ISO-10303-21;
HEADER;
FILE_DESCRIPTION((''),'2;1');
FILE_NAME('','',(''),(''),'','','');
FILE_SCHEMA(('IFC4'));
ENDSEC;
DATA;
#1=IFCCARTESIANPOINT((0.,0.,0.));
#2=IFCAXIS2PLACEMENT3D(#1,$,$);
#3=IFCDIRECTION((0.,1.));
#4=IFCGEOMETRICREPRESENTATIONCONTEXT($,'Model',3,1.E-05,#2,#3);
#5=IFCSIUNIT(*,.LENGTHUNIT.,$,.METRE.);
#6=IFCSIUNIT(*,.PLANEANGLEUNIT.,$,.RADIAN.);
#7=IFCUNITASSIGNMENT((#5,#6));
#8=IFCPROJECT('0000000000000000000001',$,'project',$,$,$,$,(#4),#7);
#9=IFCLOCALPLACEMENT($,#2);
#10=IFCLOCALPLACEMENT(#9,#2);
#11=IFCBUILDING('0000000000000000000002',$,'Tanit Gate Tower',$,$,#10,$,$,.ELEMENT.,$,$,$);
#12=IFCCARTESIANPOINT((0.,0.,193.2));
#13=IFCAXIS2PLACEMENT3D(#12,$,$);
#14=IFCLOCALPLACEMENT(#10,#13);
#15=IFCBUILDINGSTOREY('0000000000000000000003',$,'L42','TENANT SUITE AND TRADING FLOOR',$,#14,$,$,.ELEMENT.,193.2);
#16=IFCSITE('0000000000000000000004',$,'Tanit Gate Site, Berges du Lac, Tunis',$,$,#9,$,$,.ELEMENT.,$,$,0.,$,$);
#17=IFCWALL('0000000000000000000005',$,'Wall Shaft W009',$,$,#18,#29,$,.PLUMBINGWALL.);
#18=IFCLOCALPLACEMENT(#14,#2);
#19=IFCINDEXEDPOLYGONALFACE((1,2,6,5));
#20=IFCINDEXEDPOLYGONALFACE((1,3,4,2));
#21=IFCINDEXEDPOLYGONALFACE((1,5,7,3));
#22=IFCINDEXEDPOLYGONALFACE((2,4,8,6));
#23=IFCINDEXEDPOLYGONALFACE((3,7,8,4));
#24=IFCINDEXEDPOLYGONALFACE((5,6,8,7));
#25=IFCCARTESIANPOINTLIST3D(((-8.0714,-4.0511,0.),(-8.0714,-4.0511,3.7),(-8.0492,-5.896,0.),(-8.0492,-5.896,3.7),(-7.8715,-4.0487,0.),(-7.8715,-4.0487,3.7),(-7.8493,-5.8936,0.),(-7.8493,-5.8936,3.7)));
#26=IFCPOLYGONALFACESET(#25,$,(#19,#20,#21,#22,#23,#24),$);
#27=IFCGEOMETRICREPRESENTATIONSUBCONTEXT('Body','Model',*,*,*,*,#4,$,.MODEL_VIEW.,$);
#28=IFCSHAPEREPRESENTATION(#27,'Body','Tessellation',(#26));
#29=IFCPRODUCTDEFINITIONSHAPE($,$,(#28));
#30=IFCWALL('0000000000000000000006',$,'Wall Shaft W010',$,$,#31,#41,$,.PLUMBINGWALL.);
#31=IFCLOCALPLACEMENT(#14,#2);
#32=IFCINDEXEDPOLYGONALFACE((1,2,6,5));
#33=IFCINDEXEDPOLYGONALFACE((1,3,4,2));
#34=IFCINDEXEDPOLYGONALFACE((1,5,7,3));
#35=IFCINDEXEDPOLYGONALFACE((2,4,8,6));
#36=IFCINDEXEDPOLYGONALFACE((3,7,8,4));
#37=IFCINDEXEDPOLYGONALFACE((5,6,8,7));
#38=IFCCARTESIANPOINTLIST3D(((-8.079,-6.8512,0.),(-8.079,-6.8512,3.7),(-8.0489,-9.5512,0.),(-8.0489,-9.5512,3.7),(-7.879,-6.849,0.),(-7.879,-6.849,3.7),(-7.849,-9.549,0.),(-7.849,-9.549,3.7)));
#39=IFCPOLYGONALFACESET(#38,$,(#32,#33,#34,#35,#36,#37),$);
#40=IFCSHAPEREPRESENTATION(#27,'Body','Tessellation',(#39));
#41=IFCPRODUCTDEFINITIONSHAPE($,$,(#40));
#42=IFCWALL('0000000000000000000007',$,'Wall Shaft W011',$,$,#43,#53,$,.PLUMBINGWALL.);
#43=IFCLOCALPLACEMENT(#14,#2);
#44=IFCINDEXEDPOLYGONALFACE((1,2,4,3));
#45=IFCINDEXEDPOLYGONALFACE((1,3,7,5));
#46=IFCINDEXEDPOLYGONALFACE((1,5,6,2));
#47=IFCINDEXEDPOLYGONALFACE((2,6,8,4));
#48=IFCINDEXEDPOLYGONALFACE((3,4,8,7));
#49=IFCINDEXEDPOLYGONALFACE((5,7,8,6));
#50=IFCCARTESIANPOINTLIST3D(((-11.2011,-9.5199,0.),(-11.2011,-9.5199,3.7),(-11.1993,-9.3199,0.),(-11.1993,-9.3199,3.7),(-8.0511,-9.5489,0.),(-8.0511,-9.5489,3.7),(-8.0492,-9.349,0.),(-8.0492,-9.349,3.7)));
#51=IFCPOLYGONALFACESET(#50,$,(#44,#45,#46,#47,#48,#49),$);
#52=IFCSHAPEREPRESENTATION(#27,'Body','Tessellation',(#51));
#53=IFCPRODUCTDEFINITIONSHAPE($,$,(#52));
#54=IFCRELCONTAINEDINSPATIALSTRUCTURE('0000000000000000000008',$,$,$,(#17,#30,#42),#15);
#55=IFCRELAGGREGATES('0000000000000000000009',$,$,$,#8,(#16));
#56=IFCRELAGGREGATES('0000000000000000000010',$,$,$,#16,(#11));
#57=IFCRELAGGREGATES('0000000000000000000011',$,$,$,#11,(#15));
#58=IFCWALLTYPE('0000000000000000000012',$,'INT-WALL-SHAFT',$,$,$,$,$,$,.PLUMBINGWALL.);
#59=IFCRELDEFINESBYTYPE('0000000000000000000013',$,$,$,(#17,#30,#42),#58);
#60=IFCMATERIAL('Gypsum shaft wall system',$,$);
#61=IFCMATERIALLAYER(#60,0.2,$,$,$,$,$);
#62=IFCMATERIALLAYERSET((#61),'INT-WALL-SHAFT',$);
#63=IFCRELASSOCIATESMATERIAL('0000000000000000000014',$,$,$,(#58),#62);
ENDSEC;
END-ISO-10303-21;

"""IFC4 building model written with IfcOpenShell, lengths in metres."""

from ifc_helpers import new_model, si_unit, direction, frame, frame_2d, origin, place, context, subcontext, project, spatial, rectangle, extrude, material, layer, layer_set, type_object, element, save


model = new_model("IFC4")

# Units and contexts
model_context = context("Model", 3, precision=1e-05, world=origin(), true_north=direction((0.0, 1.0)))
body_context = subcontext(model_context, "Body", "Model", "MODEL_VIEW")
ifc_project = project(units=[si_unit("LENGTHUNIT", "METRE"), si_unit("PLANEANGLEUNIT", "RADIAN")], contexts=[model_context])

# Site, building, storey
site_placement = place(None, origin())
site = spatial("IfcSite", under=ifc_project, at=site_placement, Name="Tanit Gate Site, Berges du Lac, Tunis", CompositionType="ELEMENT", RefElevation=0.0)
building_placement = place(site_placement, origin())
building = spatial("IfcBuilding", under=site, at=building_placement, Name="Tanit Gate Tower", CompositionType="ELEMENT")
storey_placement = place(building_placement, frame((0.0, 0.0, 193.2)))
storey = spatial("IfcBuildingStorey", under=building, at=storey_placement, Name="L42", Description="TENANT SUITE AND TRADING FLOOR", CompositionType="ELEMENT", Elevation=193.2)

# Walls
ifc_material_1 = material(Name="Gypsum shaft wall system")
ifc_layer_1 = layer(ifc_material_1, 0.2)
ifc_layer_set_1 = layer_set([ifc_layer_1], Name="INT-WALL-SHAFT")
wall_type_1 = type_object("IfcWallType", Name="INT-WALL-SHAFT", PredefinedType="PLUMBINGWALL", material=ifc_layer_set_1)
wall_1_placement = place(storey_placement, frame((-7.9714, -4.05, 0.0), z_axis=(0.0, 0.0, 1.0), x_axis=(0.012043, -0.999927, 0.0)))
element("IfcWall", 1, at=wall_1_placement, inside=storey, type_object=wall_type_1, Name="Wall Shaft W009", PredefinedType="PLUMBINGWALL", context=body_context, shape_type="SweptSolid", body=[
    extrude(rectangle(XDim=1.845, YDim=0.2, at=frame_2d((0.9224, 0.0))), origin(), (0.0, 0.0, 1.0), 3.7),
])
wall_2_placement = place(storey_placement, frame((-7.979, -6.8501, 0.0), z_axis=(0.0, 0.0, 1.0), x_axis=(0.011121, -0.999938, 0.0)))
element("IfcWall", 2, at=wall_2_placement, inside=storey, type_object=wall_type_1, Name="Wall Shaft W010", PredefinedType="PLUMBINGWALL", context=body_context, shape_type="SweptSolid", body=[
    extrude(rectangle(XDim=2.7002, YDim=0.2, at=frame_2d((1.3501, 0.0))), origin(), (0.0, 0.0, 1.0), 3.7),
])
wall_3_placement = place(storey_placement, frame((-8.05, -9.449, 0.0), z_axis=(0.0, 0.0, 1.0), x_axis=(-0.999957, 0.009223, 0.0)))
element("IfcWall", 3, at=wall_3_placement, inside=storey, type_object=wall_type_1, Name="Wall Shaft W011", PredefinedType="PLUMBINGWALL", context=body_context, shape_type="SweptSolid", body=[
    extrude(rectangle(XDim=3.1501, YDim=0.2, at=frame_2d((1.5752, 0.0))), origin(), (0.0, 0.0, 1.0), 3.7),
])

save(model, "model.ifc")
